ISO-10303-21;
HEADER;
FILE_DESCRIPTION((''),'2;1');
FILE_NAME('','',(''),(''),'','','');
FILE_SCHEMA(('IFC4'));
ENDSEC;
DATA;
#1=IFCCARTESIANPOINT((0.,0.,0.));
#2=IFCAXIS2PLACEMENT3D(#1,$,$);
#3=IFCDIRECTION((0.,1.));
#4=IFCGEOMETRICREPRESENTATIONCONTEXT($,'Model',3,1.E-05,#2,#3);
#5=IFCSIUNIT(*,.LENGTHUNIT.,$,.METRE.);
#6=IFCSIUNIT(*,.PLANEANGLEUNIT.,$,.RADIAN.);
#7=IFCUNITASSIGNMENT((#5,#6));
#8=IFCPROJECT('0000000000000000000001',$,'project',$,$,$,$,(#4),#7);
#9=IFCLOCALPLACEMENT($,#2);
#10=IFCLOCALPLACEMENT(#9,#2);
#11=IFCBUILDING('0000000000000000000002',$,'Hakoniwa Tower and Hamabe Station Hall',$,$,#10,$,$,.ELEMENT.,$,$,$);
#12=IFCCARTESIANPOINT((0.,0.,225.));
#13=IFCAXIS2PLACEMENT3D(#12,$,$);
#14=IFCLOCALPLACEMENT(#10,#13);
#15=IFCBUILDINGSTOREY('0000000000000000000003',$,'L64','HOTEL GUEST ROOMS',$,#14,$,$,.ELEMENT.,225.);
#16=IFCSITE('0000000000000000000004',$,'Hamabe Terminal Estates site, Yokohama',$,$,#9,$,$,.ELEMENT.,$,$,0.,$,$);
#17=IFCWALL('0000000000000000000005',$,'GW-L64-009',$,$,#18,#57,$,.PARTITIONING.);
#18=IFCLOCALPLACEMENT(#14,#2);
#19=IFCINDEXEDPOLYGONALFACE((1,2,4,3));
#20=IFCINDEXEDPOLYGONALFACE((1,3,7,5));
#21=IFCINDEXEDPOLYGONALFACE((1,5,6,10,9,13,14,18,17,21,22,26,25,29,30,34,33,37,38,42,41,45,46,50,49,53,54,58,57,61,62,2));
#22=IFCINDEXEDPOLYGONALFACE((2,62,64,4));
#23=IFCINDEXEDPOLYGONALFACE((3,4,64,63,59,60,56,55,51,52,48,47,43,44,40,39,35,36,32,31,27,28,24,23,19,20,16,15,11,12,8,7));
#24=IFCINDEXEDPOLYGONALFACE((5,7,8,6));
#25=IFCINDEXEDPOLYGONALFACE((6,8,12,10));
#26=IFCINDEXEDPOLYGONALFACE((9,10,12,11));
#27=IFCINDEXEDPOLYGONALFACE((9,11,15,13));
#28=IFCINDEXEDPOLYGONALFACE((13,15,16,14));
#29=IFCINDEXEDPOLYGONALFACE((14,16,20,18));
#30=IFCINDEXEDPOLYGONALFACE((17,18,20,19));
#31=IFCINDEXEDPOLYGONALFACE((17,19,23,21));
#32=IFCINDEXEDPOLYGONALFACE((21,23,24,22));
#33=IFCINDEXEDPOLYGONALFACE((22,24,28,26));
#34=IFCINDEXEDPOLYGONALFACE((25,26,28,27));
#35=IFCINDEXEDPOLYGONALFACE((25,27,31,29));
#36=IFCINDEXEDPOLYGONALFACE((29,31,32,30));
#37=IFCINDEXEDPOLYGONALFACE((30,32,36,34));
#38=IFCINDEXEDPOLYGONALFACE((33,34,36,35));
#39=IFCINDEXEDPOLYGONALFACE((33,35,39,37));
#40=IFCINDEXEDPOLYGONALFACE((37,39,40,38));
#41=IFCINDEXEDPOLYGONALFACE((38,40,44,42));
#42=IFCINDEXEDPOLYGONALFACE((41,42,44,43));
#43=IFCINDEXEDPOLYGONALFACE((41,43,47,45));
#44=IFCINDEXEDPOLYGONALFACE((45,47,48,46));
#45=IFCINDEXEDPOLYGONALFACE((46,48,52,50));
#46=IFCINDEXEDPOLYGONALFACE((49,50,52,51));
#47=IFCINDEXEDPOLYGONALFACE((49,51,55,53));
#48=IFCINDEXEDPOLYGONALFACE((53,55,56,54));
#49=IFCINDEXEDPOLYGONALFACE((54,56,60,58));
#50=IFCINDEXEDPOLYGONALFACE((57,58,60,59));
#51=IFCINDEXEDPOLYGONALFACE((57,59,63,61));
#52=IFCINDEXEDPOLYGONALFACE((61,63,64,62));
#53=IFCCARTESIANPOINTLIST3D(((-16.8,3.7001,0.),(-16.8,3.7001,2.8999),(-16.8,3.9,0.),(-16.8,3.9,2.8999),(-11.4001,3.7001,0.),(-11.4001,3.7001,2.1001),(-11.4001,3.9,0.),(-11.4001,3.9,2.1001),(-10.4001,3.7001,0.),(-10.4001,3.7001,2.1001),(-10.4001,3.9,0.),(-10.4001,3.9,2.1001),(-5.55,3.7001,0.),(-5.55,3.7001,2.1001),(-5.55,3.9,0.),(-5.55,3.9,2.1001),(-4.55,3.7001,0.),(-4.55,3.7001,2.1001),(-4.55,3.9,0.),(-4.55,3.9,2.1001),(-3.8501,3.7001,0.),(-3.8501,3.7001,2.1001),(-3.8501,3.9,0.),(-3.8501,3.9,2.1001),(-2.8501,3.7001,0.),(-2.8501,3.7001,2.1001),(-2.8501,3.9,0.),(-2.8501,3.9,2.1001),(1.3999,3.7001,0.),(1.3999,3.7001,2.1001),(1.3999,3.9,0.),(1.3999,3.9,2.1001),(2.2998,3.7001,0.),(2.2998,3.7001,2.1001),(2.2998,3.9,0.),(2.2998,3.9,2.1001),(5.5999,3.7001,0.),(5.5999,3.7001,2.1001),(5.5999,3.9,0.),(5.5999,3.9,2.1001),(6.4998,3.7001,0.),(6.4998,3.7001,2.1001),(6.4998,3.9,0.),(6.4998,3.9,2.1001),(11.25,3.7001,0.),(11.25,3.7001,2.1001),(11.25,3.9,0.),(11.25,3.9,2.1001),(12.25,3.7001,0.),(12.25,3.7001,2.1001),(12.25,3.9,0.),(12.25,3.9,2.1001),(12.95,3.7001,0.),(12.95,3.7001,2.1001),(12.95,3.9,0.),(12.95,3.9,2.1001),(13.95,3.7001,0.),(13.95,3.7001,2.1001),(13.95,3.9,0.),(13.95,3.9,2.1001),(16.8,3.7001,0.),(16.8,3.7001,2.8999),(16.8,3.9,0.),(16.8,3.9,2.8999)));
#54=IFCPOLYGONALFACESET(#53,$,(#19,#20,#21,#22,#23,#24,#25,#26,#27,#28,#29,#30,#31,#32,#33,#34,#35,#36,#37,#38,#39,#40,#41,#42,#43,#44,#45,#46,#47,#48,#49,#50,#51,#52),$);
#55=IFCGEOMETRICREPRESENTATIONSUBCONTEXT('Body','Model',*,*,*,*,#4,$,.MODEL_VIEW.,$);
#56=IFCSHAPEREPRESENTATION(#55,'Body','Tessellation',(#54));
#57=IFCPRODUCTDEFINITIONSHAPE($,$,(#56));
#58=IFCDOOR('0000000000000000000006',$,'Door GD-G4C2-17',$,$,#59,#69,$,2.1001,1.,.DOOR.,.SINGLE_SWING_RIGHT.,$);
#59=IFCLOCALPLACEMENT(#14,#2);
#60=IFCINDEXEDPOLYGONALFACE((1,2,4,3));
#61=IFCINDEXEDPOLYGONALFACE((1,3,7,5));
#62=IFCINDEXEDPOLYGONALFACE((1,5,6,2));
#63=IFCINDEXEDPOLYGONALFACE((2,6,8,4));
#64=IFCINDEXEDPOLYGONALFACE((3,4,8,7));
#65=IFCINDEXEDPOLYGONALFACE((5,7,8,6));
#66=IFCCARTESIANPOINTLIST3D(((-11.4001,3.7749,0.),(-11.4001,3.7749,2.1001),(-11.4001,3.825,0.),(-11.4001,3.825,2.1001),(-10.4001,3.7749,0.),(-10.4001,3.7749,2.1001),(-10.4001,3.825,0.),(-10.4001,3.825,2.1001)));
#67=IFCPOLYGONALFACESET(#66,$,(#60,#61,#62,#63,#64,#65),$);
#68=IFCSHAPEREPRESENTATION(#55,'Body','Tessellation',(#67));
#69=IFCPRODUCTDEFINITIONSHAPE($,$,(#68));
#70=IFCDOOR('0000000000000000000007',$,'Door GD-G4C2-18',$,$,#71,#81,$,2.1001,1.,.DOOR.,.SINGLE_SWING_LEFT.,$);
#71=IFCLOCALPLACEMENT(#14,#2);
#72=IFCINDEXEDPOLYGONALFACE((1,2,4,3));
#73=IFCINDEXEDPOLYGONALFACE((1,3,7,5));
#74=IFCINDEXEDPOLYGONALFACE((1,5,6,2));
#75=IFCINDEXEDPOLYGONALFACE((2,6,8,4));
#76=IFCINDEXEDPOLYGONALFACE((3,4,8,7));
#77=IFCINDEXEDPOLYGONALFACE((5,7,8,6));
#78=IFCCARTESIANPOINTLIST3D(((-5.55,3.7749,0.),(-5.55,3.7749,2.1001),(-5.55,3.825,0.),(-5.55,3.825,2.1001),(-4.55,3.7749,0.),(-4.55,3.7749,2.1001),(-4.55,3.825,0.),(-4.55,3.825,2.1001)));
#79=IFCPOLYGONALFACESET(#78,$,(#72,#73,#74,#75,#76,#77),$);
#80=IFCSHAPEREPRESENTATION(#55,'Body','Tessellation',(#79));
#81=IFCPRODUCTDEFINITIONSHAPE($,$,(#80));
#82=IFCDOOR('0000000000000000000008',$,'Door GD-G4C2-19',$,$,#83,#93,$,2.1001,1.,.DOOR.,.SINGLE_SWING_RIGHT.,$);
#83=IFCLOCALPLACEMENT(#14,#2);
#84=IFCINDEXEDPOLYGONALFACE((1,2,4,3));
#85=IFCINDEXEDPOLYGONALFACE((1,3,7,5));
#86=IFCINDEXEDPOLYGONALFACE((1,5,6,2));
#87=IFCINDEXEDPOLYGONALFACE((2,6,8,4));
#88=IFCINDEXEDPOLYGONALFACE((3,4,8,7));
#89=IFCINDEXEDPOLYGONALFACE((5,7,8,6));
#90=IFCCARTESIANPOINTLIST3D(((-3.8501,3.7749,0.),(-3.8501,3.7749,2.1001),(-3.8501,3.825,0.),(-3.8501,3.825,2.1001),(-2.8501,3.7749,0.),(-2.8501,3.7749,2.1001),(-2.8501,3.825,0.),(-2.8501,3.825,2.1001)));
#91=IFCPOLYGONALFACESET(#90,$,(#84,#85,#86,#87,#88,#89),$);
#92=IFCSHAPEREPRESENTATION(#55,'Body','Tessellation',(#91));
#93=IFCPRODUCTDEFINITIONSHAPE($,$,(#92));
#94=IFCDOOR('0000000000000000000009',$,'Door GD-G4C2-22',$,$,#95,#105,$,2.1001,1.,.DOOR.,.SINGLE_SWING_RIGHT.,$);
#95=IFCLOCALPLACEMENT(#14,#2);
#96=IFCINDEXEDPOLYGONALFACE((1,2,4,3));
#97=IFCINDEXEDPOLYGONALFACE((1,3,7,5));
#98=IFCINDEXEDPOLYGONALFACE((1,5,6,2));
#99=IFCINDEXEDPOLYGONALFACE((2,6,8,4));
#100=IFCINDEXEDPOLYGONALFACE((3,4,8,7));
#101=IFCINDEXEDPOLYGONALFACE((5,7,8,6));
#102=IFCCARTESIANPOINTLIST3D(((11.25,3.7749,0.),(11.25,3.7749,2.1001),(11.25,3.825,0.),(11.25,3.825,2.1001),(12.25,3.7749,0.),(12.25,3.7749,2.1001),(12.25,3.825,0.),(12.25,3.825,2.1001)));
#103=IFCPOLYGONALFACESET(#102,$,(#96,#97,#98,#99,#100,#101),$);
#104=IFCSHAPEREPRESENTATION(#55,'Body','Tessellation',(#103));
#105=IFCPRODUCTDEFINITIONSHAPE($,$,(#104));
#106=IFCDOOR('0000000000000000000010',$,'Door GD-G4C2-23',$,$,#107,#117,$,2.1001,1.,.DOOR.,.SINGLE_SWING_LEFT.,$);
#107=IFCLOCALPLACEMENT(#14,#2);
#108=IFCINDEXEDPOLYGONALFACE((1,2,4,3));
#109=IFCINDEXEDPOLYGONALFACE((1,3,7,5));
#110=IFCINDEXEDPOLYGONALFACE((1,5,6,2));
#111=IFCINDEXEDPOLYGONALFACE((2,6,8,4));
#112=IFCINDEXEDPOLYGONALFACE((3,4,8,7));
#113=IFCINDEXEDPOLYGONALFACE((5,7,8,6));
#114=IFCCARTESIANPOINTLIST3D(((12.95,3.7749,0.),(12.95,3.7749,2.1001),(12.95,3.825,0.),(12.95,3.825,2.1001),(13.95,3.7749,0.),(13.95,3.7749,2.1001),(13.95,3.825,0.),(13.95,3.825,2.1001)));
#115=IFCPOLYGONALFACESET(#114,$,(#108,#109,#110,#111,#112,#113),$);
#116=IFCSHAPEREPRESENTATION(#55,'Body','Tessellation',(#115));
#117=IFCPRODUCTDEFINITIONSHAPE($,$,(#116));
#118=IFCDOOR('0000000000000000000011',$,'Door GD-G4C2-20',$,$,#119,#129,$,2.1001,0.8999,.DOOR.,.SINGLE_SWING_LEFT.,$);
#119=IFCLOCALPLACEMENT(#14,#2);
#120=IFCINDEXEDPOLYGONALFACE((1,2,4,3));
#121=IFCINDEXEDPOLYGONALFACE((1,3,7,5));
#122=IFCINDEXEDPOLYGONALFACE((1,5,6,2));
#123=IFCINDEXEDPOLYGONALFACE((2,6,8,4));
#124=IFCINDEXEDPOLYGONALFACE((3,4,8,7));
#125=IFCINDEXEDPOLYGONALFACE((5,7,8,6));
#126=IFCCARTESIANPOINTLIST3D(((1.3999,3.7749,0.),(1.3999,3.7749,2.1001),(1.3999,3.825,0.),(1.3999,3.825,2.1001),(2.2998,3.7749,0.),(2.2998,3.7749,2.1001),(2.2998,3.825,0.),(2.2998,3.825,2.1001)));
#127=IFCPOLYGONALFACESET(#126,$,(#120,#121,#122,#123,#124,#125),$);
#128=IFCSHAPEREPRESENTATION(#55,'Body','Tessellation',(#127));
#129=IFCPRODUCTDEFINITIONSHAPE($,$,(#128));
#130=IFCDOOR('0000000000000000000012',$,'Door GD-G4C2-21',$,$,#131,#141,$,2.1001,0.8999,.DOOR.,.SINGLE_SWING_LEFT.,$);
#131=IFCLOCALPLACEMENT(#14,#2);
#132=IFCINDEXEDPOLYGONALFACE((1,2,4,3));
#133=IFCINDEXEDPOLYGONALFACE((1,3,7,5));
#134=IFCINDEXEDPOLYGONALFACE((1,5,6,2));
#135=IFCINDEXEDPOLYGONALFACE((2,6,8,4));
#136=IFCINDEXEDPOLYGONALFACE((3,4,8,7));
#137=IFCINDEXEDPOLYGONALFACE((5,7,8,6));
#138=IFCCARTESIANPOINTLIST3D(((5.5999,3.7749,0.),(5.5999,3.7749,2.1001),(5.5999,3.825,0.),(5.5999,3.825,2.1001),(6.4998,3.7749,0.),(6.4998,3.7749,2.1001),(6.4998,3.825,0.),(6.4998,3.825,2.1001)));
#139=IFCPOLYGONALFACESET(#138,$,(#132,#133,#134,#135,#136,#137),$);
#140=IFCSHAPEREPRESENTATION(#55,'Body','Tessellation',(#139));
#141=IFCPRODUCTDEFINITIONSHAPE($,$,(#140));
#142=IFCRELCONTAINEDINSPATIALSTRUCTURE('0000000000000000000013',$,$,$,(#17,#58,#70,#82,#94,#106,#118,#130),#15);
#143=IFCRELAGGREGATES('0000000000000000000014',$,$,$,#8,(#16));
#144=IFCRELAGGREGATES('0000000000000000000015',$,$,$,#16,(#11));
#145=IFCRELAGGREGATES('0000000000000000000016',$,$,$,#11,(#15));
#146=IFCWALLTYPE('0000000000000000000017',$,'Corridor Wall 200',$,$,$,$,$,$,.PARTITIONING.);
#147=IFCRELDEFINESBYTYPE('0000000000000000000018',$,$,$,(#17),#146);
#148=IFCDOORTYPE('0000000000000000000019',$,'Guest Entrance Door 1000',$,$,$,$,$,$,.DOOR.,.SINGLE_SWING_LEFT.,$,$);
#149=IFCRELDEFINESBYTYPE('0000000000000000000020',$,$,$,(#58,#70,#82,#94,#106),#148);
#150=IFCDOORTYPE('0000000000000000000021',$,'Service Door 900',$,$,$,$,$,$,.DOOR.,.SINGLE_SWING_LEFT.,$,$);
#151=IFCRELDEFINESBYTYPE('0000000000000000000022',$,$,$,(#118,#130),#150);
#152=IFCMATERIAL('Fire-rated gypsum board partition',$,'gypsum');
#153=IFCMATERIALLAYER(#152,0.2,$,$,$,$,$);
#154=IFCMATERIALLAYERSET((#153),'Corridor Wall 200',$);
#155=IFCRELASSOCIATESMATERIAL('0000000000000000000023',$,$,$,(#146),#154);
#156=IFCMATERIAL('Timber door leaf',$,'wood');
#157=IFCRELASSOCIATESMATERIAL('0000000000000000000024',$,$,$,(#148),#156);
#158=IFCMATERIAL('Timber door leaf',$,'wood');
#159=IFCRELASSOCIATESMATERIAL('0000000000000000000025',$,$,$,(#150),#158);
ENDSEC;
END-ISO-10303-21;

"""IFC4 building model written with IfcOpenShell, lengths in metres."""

from ifc_helpers import new_model, si_unit, direction, frame, frame_2d, origin, place, context, subcontext, project, spatial, rectangle, extrude, material, layer, layer_set, type_object, element, fill, save


model = new_model("IFC4")

# Units and contexts
model_context = context("Model", 3, precision=1e-05, world=origin(), true_north=direction((0.0, 1.0)))
body_context = subcontext(model_context, "Body", "Model", "MODEL_VIEW")
ifc_project = project(units=[si_unit("LENGTHUNIT", "METRE"), si_unit("PLANEANGLEUNIT", "RADIAN")], contexts=[model_context])

# Site, building, storey
site_placement = place(None, origin())
site = spatial("IfcSite", under=ifc_project, at=site_placement, Name="Hamabe Terminal Estates site, Yokohama", CompositionType="ELEMENT", RefElevation=0.0)
building_placement = place(site_placement, origin())
building = spatial("IfcBuilding", under=site, at=building_placement, Name="Hakoniwa Tower and Hamabe Station Hall", CompositionType="ELEMENT")
storey_placement = place(building_placement, frame((0.0, 0.0, 225.0)))
storey = spatial("IfcBuildingStorey", under=building, at=storey_placement, Name="L64", Description="HOTEL GUEST ROOMS", CompositionType="ELEMENT", Elevation=225.0)

# Wall, openings, doors
ifc_material_1 = material(Name="Fire-rated gypsum board partition", Category="gypsum")
ifc_layer_1 = layer(ifc_material_1, 0.2)
ifc_layer_set_1 = layer_set([ifc_layer_1], Name="Corridor Wall 200")
wall_type_1 = type_object("IfcWallType", Name="Corridor Wall 200", PredefinedType="PARTITIONING", material=ifc_layer_set_1)
ifc_material_2 = material(Name="Timber door leaf", Category="wood")
door_type_1 = type_object("IfcDoorType", Name="Guest Entrance Door 1000", OperationType="SINGLE_SWING_LEFT", PredefinedType="DOOR", material=ifc_material_2)
ifc_material_3 = material(Name="Timber door leaf", Category="wood")
door_type_2 = type_object("IfcDoorType", Name="Service Door 900", OperationType="SINGLE_SWING_LEFT", PredefinedType="DOOR", material=ifc_material_3)
wall_1_placement = place(storey_placement, frame((-16.8, 3.8, 0.0), z_axis=(0.0, 0.0, 1.0), x_axis=(1.0, 0.0, 0.0)))
wall_1 = element("IfcWall", 1, at=wall_1_placement, inside=storey, type_object=wall_type_1, Name="GW-L64-009", PredefinedType="PARTITIONING", context=body_context, shape_type="SweptSolid", body=[
    extrude(rectangle(XDim=33.6001, YDim=0.2, at=frame_2d((16.8, 0.0))), origin(), (0.0, 0.0, 1.0), 2.8999),
])
opening_1_placement = place(wall_1_placement, frame((5.3999, 0.0, 0.0)))
opening_1 = element("IfcOpeningElement", 2, at=opening_1_placement, cuts=wall_1, PredefinedType="OPENING", context=body_context, shape_type="SweptSolid", body=[
    extrude(rectangle(XDim=1.0, YDim=2.1001, at=frame_2d((0.5, 1.05))), frame((0.0, 0.1099, 0.0), z_axis=(0.0, -1.0, 0.0), x_axis=(1.0, 0.0, 0.0)), (0.0, 0.0, 1.0), 0.22),
])
opening_2_placement = place(wall_1_placement, frame((11.25, 0.0, 0.0)))
opening_2 = element("IfcOpeningElement", 3, at=opening_2_placement, cuts=wall_1, PredefinedType="OPENING", context=body_context, shape_type="SweptSolid", body=[
    extrude(rectangle(XDim=1.0, YDim=2.1001, at=frame_2d((0.5, 1.05))), frame((0.0, 0.1099, 0.0), z_axis=(0.0, -1.0, 0.0), x_axis=(1.0, 0.0, 0.0)), (0.0, 0.0, 1.0), 0.22),
])
opening_3_placement = place(wall_1_placement, frame((12.95, 0.0, 0.0)))
opening_3 = element("IfcOpeningElement", 4, at=opening_3_placement, cuts=wall_1, PredefinedType="OPENING", context=body_context, shape_type="SweptSolid", body=[
    extrude(rectangle(XDim=1.0, YDim=2.1001, at=frame_2d((0.5, 1.05))), frame((0.0, 0.1099, 0.0), z_axis=(0.0, -1.0, 0.0), x_axis=(1.0, 0.0, 0.0)), (0.0, 0.0, 1.0), 0.22),
])
opening_4_placement = place(wall_1_placement, frame((18.2, 0.0, 0.0)))
opening_4 = element("IfcOpeningElement", 5, at=opening_4_placement, cuts=wall_1, PredefinedType="OPENING", context=body_context, shape_type="SweptSolid", body=[
    extrude(rectangle(XDim=0.8999, YDim=2.1001, at=frame_2d((0.45, 1.05))), frame((0.0, 0.1099, 0.0), z_axis=(0.0, -1.0, 0.0), x_axis=(1.0, 0.0, 0.0)), (0.0, 0.0, 1.0), 0.22),
])
opening_5_placement = place(wall_1_placement, frame((22.3999, 0.0, 0.0)))
opening_5 = element("IfcOpeningElement", 6, at=opening_5_placement, cuts=wall_1, PredefinedType="OPENING", context=body_context, shape_type="SweptSolid", body=[
    extrude(rectangle(XDim=0.8999, YDim=2.1001, at=frame_2d((0.45, 1.05))), frame((0.0, 0.1099, 0.0), z_axis=(0.0, -1.0, 0.0), x_axis=(1.0, 0.0, 0.0)), (0.0, 0.0, 1.0), 0.22),
])
opening_6_placement = place(wall_1_placement, frame((28.05, 0.0, 0.0)))
opening_6 = element("IfcOpeningElement", 7, at=opening_6_placement, cuts=wall_1, PredefinedType="OPENING", context=body_context, shape_type="SweptSolid", body=[
    extrude(rectangle(XDim=1.0, YDim=2.1001, at=frame_2d((0.5, 1.05))), frame((0.0, 0.1099, 0.0), z_axis=(0.0, -1.0, 0.0), x_axis=(1.0, 0.0, 0.0)), (0.0, 0.0, 1.0), 0.22),
])
opening_7_placement = place(wall_1_placement, frame((29.75, 0.0, 0.0)))
opening_7 = element("IfcOpeningElement", 8, at=opening_7_placement, cuts=wall_1, PredefinedType="OPENING", context=body_context, shape_type="SweptSolid", body=[
    extrude(rectangle(XDim=1.0, YDim=2.1001, at=frame_2d((0.5, 1.05))), frame((0.0, 0.1099, 0.0), z_axis=(0.0, -1.0, 0.0), x_axis=(1.0, 0.0, 0.0)), (0.0, 0.0, 1.0), 0.22),
])
door_1_placement = place(opening_1_placement, origin())
door_1 = element("IfcDoor", 9, at=door_1_placement, inside=storey, type_object=door_type_1, Name="Door GD-G4C2-17", OperationType="SINGLE_SWING_RIGHT", OverallHeight=2.1001, OverallWidth=1.0, PredefinedType="DOOR", context=body_context, shape_type="SweptSolid", body=[
    extrude(rectangle(XDim=1.0, YDim=2.1001, at=frame_2d((0.5, 1.05))), frame((0.0, 0.0249, 0.0), z_axis=(0.0, -1.0, 0.0), x_axis=(1.0, 0.0, 0.0)), (0.0, 0.0, 1.0), 0.05),
])
fill(opening_1, door_1)
door_2_placement = place(opening_2_placement, origin())
door_2 = element("IfcDoor", 10, at=door_2_placement, inside=storey, type_object=door_type_1, Name="Door GD-G4C2-18", OperationType="SINGLE_SWING_LEFT", OverallHeight=2.1001, OverallWidth=1.0, PredefinedType="DOOR", context=body_context, shape_type="SweptSolid", body=[
    extrude(rectangle(XDim=1.0, YDim=2.1001, at=frame_2d((0.5, 1.05))), frame((0.0, 0.0249, 0.0), z_axis=(0.0, -1.0, 0.0), x_axis=(1.0, 0.0, 0.0)), (0.0, 0.0, 1.0), 0.05),
])
fill(opening_2, door_2)
door_3_placement = place(opening_3_placement, origin())
door_3 = element("IfcDoor", 11, at=door_3_placement, inside=storey, type_object=door_type_1, Name="Door GD-G4C2-19", OperationType="SINGLE_SWING_RIGHT", OverallHeight=2.1001, OverallWidth=1.0, PredefinedType="DOOR", context=body_context, shape_type="SweptSolid", body=[
    extrude(rectangle(XDim=1.0, YDim=2.1001, at=frame_2d((0.5, 1.05))), frame((0.0, 0.0249, 0.0), z_axis=(0.0, -1.0, 0.0), x_axis=(1.0, 0.0, 0.0)), (0.0, 0.0, 1.0), 0.05),
])
fill(opening_3, door_3)
door_4_placement = place(opening_6_placement, origin())
door_4 = element("IfcDoor", 12, at=door_4_placement, inside=storey, type_object=door_type_1, Name="Door GD-G4C2-22", OperationType="SINGLE_SWING_RIGHT", OverallHeight=2.1001, OverallWidth=1.0, PredefinedType="DOOR", context=body_context, shape_type="SweptSolid", body=[
    extrude(rectangle(XDim=1.0, YDim=2.1001, at=frame_2d((0.5, 1.05))), frame((0.0, 0.0249, 0.0), z_axis=(0.0, -1.0, 0.0), x_axis=(1.0, 0.0, 0.0)), (0.0, 0.0, 1.0), 0.05),
])
fill(opening_6, door_4)
door_5_placement = place(opening_7_placement, origin())
door_5 = element("IfcDoor", 13, at=door_5_placement, inside=storey, type_object=door_type_1, Name="Door GD-G4C2-23", OperationType="SINGLE_SWING_LEFT", OverallHeight=2.1001, OverallWidth=1.0, PredefinedType="DOOR", context=body_context, shape_type="SweptSolid", body=[
    extrude(rectangle(XDim=1.0, YDim=2.1001, at=frame_2d((0.5, 1.05))), frame((0.0, 0.0249, 0.0), z_axis=(0.0, -1.0, 0.0), x_axis=(1.0, 0.0, 0.0)), (0.0, 0.0, 1.0), 0.05),
])
fill(opening_7, door_5)
door_6_placement = place(opening_4_placement, origin())
door_6 = element("IfcDoor", 14, at=door_6_placement, inside=storey, type_object=door_type_2, Name="Door GD-G4C2-20", OperationType="SINGLE_SWING_LEFT", OverallHeight=2.1001, OverallWidth=0.8999, PredefinedType="DOOR", context=body_context, shape_type="SweptSolid", body=[
    extrude(rectangle(XDim=0.8999, YDim=2.1001, at=frame_2d((0.45, 1.05))), frame((0.0, 0.0249, 0.0), z_axis=(0.0, -1.0, 0.0), x_axis=(1.0, 0.0, 0.0)), (0.0, 0.0, 1.0), 0.05),
])
fill(opening_4, door_6)
door_7_placement = place(opening_5_placement, origin())
door_7 = element("IfcDoor", 15, at=door_7_placement, inside=storey, type_object=door_type_2, Name="Door GD-G4C2-21", OperationType="SINGLE_SWING_LEFT", OverallHeight=2.1001, OverallWidth=0.8999, PredefinedType="DOOR", context=body_context, shape_type="SweptSolid", body=[
    extrude(rectangle(XDim=0.8999, YDim=2.1001, at=frame_2d((0.45, 1.05))), frame((0.0, 0.0249, 0.0), z_axis=(0.0, -1.0, 0.0), x_axis=(1.0, 0.0, 0.0)), (0.0, 0.0, 1.0), 0.05),
])
fill(opening_5, door_7)

save(model, "model.ifc")
